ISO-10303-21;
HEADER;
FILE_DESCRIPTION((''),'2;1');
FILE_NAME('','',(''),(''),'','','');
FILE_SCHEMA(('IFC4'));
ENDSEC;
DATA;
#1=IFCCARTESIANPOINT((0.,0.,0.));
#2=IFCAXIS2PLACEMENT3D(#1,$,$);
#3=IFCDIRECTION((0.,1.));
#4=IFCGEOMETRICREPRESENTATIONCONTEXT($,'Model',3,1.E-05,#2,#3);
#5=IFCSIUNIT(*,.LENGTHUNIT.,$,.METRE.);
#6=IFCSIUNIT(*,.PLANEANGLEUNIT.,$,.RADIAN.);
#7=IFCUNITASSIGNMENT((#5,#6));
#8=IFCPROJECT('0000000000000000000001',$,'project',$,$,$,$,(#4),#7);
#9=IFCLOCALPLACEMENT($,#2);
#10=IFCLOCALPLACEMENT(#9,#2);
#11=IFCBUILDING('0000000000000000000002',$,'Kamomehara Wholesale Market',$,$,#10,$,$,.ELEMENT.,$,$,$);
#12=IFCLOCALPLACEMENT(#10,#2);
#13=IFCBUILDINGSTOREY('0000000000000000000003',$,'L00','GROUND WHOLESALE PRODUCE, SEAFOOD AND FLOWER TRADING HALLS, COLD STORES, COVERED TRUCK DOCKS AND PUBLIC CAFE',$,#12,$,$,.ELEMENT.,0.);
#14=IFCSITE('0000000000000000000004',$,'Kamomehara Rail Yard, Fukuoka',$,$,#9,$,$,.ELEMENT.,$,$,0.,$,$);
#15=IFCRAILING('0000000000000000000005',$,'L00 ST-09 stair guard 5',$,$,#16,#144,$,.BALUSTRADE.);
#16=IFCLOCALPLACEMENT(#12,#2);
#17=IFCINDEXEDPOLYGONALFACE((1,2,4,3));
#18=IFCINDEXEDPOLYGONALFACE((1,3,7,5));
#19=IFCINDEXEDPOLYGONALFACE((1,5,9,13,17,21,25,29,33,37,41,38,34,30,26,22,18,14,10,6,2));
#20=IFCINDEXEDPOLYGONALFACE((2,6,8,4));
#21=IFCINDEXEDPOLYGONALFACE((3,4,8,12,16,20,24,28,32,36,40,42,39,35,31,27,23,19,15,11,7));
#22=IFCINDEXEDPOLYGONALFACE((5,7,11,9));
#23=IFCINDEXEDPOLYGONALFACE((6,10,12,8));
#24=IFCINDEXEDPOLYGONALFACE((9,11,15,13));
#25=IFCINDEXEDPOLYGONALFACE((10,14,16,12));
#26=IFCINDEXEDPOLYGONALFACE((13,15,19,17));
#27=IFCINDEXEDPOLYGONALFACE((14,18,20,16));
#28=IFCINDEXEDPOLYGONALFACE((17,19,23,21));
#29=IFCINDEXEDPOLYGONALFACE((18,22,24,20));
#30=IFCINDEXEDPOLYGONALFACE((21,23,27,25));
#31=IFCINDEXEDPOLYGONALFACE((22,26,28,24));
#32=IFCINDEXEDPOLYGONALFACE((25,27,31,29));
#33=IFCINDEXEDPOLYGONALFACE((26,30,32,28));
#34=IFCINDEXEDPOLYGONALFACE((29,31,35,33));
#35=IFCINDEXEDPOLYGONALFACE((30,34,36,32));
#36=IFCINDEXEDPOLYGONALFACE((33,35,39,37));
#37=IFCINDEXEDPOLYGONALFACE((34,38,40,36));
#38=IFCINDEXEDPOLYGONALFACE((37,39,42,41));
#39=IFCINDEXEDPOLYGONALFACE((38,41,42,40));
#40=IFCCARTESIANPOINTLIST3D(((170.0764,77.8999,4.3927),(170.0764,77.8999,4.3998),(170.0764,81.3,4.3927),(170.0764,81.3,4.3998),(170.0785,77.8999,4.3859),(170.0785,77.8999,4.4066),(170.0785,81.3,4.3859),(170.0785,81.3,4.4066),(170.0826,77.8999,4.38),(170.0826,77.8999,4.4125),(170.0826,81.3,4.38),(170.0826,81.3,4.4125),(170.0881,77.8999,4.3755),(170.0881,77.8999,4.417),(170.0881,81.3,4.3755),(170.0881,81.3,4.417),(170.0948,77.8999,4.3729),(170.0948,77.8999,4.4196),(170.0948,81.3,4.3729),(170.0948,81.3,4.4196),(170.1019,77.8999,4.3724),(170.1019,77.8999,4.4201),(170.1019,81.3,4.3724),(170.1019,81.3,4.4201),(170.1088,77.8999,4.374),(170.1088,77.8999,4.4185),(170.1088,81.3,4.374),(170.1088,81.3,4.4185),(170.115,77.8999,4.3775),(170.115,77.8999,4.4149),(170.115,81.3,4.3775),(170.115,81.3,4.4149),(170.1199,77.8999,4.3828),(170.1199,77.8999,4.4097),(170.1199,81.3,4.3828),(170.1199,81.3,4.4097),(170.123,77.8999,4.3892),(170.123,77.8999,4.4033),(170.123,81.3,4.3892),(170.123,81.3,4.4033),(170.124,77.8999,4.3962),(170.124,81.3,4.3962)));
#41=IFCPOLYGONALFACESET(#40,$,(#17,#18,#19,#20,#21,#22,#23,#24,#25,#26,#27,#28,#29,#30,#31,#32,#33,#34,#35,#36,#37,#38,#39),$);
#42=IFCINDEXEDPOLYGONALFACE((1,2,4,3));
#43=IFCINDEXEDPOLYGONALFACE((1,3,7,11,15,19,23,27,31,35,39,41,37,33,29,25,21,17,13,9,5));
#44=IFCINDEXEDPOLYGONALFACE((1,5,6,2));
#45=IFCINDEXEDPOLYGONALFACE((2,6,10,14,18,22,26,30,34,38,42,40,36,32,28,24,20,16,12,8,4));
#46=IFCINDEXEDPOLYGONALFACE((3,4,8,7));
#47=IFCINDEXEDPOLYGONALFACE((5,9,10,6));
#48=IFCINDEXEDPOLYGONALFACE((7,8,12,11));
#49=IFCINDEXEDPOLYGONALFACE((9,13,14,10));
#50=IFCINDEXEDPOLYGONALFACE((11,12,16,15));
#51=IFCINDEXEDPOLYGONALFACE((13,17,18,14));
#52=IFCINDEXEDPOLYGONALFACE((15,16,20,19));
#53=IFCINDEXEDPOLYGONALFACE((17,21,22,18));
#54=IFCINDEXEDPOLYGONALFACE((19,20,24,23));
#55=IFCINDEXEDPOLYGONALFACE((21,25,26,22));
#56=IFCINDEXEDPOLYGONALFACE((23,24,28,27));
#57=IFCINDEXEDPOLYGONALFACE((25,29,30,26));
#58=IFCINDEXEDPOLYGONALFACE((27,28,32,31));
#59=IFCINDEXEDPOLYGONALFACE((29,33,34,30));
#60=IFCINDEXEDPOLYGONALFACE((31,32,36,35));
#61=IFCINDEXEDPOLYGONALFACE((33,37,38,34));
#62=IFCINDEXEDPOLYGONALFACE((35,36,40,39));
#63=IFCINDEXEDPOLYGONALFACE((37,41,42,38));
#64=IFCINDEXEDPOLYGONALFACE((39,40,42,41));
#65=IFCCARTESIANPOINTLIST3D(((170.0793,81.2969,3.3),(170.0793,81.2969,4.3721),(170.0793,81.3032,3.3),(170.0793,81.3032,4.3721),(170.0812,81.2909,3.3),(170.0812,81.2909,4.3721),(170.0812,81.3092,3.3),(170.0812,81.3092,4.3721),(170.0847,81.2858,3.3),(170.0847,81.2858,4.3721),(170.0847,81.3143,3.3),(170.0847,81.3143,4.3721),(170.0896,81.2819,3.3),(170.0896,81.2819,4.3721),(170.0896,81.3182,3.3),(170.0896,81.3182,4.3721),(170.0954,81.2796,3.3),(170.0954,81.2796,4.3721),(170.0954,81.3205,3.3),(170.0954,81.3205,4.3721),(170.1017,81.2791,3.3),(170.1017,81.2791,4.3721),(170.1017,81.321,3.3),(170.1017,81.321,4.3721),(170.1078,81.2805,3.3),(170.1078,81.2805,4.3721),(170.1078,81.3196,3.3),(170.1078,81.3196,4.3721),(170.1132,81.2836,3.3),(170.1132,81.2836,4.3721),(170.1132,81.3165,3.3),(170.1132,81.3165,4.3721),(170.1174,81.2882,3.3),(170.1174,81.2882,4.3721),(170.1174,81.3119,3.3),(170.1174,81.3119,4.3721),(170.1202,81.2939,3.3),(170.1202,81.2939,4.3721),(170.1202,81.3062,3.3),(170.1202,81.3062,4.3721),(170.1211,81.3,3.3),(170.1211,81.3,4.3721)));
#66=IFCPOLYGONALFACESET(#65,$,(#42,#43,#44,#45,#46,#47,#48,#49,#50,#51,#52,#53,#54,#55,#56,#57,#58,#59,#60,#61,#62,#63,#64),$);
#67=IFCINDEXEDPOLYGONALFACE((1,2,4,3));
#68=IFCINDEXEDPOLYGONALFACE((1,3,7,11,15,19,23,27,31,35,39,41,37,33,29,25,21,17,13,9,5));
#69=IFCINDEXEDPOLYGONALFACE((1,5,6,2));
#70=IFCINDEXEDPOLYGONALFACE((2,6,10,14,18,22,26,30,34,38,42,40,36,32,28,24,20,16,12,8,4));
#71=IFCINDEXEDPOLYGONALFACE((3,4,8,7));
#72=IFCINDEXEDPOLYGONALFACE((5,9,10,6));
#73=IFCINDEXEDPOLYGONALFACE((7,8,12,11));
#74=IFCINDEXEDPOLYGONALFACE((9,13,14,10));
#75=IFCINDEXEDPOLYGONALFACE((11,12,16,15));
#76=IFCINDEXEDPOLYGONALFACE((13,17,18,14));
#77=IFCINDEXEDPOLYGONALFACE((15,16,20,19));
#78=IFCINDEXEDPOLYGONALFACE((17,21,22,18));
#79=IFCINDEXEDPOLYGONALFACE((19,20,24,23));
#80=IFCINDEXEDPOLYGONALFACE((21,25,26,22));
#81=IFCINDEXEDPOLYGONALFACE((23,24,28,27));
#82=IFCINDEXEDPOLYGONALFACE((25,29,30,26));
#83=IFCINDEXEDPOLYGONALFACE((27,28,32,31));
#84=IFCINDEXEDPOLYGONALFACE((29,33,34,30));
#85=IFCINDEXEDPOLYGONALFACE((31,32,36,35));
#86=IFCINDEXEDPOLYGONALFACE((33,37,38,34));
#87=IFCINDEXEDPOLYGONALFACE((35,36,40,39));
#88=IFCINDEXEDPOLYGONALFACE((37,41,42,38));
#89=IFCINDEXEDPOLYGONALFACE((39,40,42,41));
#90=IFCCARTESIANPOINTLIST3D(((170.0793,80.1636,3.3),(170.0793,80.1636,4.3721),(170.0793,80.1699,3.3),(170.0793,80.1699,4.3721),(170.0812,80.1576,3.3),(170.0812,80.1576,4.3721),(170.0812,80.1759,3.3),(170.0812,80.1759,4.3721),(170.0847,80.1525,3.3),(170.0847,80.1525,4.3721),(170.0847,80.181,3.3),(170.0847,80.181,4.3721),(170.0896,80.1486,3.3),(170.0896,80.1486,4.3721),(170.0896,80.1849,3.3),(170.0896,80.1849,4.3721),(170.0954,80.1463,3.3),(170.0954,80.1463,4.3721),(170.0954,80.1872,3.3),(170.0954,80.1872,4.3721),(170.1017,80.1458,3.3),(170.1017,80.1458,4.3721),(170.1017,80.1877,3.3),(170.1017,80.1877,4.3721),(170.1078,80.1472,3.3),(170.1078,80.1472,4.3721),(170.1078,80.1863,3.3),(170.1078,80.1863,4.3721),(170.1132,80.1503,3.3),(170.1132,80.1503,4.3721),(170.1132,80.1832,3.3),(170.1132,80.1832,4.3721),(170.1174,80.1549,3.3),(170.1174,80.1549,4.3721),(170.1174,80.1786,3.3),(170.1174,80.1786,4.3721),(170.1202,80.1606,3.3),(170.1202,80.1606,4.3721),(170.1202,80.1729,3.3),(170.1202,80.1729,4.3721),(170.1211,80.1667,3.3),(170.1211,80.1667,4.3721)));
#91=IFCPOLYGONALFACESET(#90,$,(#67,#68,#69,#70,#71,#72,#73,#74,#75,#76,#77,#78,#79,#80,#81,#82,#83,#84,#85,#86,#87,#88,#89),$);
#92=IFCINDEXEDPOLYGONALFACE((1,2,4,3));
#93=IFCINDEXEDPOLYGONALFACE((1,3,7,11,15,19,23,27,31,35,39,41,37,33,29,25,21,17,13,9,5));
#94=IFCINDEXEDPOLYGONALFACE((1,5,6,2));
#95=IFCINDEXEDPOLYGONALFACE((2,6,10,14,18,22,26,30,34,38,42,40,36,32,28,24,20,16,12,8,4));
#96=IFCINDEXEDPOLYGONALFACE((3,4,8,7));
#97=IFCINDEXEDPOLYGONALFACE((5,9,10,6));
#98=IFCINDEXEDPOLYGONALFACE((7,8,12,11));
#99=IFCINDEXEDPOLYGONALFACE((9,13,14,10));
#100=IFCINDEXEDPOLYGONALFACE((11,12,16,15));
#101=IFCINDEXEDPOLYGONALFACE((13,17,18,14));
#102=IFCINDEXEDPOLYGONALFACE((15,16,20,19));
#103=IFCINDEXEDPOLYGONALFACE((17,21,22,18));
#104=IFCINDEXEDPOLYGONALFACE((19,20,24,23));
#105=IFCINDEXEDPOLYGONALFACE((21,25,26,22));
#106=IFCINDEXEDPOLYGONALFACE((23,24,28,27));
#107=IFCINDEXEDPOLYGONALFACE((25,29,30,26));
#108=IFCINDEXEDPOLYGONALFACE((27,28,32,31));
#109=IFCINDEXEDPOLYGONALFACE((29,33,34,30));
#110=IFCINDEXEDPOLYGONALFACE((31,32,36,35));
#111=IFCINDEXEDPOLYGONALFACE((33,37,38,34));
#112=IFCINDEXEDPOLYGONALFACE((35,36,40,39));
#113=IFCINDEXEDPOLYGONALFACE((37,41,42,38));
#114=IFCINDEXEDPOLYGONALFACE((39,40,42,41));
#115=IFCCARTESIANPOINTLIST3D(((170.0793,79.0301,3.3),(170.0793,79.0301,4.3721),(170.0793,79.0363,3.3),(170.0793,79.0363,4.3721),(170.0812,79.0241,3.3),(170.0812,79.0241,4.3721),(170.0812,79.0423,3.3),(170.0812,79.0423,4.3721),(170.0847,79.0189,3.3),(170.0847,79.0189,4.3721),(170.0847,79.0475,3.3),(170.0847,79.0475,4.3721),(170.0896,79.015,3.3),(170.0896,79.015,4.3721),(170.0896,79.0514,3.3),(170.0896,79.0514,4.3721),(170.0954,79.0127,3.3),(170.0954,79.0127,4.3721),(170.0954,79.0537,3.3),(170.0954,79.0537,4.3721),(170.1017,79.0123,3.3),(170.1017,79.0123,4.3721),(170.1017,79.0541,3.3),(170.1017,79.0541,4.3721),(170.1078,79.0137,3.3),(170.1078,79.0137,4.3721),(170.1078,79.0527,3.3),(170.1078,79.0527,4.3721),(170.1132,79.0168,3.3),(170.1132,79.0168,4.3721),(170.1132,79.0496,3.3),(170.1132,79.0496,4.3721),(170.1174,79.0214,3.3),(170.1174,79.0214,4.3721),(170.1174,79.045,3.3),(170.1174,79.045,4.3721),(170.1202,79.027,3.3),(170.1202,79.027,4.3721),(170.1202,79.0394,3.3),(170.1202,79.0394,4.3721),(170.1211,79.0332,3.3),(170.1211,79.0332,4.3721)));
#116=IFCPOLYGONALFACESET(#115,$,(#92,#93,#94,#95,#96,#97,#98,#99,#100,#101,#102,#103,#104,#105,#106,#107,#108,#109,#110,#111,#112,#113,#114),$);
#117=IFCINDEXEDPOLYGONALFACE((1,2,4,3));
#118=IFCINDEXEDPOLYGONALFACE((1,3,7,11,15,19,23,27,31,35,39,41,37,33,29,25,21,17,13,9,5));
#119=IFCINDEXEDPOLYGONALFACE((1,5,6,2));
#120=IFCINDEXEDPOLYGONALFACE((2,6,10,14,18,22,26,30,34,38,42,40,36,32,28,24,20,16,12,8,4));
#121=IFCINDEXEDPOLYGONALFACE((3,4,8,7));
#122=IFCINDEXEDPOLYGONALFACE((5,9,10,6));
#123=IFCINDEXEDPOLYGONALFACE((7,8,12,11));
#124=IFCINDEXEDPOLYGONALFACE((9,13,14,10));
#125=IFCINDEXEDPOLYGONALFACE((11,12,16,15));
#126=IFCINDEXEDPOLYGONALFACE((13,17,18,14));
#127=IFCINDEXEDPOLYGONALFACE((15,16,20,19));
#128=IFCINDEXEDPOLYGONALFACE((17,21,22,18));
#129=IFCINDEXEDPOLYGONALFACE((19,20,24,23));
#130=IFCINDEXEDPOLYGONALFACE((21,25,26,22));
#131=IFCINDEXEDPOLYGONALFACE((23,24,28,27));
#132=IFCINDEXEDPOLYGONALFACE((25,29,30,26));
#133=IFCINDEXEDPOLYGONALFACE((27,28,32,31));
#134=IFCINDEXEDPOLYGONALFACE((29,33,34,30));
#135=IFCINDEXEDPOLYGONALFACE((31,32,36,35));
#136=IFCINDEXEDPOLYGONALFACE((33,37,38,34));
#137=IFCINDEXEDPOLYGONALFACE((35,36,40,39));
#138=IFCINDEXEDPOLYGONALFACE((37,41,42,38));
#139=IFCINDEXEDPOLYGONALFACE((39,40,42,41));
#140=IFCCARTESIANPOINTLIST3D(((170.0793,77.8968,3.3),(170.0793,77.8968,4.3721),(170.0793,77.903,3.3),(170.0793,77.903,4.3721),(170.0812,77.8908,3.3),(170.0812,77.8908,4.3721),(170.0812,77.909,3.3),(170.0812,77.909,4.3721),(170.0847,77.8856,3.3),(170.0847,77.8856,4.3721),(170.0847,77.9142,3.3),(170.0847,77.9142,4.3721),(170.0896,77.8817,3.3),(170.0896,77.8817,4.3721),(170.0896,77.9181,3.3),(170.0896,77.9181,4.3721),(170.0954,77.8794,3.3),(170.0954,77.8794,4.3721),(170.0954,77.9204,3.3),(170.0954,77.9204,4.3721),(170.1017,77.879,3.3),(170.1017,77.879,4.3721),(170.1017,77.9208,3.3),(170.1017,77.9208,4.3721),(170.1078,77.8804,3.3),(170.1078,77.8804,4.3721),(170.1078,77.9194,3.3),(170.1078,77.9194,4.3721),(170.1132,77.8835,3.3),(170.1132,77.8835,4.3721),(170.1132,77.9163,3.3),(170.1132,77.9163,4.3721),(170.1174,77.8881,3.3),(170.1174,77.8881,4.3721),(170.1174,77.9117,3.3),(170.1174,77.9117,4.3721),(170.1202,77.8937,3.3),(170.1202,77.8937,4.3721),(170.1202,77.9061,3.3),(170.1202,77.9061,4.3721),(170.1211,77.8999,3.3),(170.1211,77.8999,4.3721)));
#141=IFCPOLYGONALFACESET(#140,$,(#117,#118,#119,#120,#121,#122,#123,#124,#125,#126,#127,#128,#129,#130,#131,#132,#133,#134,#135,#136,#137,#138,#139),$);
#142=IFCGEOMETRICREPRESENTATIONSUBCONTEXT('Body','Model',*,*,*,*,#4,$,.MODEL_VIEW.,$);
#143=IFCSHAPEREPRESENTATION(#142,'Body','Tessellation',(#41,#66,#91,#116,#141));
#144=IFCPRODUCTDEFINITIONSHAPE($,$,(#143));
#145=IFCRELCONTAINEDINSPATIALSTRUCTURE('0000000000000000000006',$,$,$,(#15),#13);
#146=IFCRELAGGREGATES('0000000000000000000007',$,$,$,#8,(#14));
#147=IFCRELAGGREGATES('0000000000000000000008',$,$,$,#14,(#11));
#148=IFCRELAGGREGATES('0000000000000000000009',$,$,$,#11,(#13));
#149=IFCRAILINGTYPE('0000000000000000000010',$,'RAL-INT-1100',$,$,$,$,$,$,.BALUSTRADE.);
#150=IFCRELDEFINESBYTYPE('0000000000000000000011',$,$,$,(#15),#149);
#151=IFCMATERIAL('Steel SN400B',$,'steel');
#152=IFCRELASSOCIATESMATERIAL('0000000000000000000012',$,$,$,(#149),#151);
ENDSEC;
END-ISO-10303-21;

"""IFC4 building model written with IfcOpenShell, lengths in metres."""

from ifc_helpers import new_model, si_unit, direction, frame, origin, origin_2d, place, context, subcontext, project, spatial, circle, extrude, material, type_object, element, save


model = new_model("IFC4")

# Units and contexts
model_context = context("Model", 3, precision=1e-05, world=origin(), true_north=direction((0.0, 1.0)))
body_context = subcontext(model_context, "Body", "Model", "MODEL_VIEW")
ifc_project = project(units=[si_unit("LENGTHUNIT", "METRE"), si_unit("PLANEANGLEUNIT", "RADIAN")], contexts=[model_context])

# Site, building, storey
site_placement = place(None, origin())
site = spatial("IfcSite", under=ifc_project, at=site_placement, Name="Kamomehara Rail Yard, Fukuoka", CompositionType="ELEMENT", RefElevation=0.0)
building_placement = place(site_placement, origin())
building = spatial("IfcBuilding", under=site, at=building_placement, Name="Kamomehara Wholesale Market", CompositionType="ELEMENT")
storey_placement = place(building_placement, origin())
storey = spatial("IfcBuildingStorey", under=building, at=storey_placement, Name="L00", Description="GROUND WHOLESALE PRODUCE, SEAFOOD AND FLOWER TRADING HALLS, COLD STORES, COVERED TRUCK DOCKS AND PUBLIC CAFE", CompositionType="ELEMENT", Elevation=0.0)

# Railing
ifc_material_1 = material(Name="Steel SN400B", Category="steel")
railing_type_1 = type_object("IfcRailingType", Name="RAL-INT-1100", PredefinedType="BALUSTRADE", material=ifc_material_1)
railing_1_placement = place(storey_placement, frame((170.1001, 81.3, 3.3)))
element("IfcRailing", 1, at=railing_1_placement, inside=storey, type_object=railing_type_1, Name="L00 ST-09 stair guard 5", PredefinedType="BALUSTRADE", context=body_context, shape_type="SweptSolid", body=[
    extrude(circle(Radius=0.0239, at=origin_2d()), frame((0.0, 0.0, 1.0962), z_axis=(0.0, -1.0, 0.0), x_axis=(1.0, 0.0, 0.0)), (0.0, 0.0, 1.0), 3.4001),
    extrude(circle(Radius=0.021, at=origin_2d()), origin(), (0.0, 0.0, 1.0), 1.072),
    extrude(circle(Radius=0.021, at=origin_2d()), frame((0.0, -1.1333, 0.0)), (0.0, 0.0, 1.0), 1.072),
    extrude(circle(Radius=0.021, at=origin_2d()), frame((0.0, -2.2668, 0.0)), (0.0, 0.0, 1.0), 1.072),
    extrude(circle(Radius=0.021, at=origin_2d()), frame((0.0, -3.4001, 0.0)), (0.0, 0.0, 1.0), 1.072),
])

save(model, "model.ifc")
